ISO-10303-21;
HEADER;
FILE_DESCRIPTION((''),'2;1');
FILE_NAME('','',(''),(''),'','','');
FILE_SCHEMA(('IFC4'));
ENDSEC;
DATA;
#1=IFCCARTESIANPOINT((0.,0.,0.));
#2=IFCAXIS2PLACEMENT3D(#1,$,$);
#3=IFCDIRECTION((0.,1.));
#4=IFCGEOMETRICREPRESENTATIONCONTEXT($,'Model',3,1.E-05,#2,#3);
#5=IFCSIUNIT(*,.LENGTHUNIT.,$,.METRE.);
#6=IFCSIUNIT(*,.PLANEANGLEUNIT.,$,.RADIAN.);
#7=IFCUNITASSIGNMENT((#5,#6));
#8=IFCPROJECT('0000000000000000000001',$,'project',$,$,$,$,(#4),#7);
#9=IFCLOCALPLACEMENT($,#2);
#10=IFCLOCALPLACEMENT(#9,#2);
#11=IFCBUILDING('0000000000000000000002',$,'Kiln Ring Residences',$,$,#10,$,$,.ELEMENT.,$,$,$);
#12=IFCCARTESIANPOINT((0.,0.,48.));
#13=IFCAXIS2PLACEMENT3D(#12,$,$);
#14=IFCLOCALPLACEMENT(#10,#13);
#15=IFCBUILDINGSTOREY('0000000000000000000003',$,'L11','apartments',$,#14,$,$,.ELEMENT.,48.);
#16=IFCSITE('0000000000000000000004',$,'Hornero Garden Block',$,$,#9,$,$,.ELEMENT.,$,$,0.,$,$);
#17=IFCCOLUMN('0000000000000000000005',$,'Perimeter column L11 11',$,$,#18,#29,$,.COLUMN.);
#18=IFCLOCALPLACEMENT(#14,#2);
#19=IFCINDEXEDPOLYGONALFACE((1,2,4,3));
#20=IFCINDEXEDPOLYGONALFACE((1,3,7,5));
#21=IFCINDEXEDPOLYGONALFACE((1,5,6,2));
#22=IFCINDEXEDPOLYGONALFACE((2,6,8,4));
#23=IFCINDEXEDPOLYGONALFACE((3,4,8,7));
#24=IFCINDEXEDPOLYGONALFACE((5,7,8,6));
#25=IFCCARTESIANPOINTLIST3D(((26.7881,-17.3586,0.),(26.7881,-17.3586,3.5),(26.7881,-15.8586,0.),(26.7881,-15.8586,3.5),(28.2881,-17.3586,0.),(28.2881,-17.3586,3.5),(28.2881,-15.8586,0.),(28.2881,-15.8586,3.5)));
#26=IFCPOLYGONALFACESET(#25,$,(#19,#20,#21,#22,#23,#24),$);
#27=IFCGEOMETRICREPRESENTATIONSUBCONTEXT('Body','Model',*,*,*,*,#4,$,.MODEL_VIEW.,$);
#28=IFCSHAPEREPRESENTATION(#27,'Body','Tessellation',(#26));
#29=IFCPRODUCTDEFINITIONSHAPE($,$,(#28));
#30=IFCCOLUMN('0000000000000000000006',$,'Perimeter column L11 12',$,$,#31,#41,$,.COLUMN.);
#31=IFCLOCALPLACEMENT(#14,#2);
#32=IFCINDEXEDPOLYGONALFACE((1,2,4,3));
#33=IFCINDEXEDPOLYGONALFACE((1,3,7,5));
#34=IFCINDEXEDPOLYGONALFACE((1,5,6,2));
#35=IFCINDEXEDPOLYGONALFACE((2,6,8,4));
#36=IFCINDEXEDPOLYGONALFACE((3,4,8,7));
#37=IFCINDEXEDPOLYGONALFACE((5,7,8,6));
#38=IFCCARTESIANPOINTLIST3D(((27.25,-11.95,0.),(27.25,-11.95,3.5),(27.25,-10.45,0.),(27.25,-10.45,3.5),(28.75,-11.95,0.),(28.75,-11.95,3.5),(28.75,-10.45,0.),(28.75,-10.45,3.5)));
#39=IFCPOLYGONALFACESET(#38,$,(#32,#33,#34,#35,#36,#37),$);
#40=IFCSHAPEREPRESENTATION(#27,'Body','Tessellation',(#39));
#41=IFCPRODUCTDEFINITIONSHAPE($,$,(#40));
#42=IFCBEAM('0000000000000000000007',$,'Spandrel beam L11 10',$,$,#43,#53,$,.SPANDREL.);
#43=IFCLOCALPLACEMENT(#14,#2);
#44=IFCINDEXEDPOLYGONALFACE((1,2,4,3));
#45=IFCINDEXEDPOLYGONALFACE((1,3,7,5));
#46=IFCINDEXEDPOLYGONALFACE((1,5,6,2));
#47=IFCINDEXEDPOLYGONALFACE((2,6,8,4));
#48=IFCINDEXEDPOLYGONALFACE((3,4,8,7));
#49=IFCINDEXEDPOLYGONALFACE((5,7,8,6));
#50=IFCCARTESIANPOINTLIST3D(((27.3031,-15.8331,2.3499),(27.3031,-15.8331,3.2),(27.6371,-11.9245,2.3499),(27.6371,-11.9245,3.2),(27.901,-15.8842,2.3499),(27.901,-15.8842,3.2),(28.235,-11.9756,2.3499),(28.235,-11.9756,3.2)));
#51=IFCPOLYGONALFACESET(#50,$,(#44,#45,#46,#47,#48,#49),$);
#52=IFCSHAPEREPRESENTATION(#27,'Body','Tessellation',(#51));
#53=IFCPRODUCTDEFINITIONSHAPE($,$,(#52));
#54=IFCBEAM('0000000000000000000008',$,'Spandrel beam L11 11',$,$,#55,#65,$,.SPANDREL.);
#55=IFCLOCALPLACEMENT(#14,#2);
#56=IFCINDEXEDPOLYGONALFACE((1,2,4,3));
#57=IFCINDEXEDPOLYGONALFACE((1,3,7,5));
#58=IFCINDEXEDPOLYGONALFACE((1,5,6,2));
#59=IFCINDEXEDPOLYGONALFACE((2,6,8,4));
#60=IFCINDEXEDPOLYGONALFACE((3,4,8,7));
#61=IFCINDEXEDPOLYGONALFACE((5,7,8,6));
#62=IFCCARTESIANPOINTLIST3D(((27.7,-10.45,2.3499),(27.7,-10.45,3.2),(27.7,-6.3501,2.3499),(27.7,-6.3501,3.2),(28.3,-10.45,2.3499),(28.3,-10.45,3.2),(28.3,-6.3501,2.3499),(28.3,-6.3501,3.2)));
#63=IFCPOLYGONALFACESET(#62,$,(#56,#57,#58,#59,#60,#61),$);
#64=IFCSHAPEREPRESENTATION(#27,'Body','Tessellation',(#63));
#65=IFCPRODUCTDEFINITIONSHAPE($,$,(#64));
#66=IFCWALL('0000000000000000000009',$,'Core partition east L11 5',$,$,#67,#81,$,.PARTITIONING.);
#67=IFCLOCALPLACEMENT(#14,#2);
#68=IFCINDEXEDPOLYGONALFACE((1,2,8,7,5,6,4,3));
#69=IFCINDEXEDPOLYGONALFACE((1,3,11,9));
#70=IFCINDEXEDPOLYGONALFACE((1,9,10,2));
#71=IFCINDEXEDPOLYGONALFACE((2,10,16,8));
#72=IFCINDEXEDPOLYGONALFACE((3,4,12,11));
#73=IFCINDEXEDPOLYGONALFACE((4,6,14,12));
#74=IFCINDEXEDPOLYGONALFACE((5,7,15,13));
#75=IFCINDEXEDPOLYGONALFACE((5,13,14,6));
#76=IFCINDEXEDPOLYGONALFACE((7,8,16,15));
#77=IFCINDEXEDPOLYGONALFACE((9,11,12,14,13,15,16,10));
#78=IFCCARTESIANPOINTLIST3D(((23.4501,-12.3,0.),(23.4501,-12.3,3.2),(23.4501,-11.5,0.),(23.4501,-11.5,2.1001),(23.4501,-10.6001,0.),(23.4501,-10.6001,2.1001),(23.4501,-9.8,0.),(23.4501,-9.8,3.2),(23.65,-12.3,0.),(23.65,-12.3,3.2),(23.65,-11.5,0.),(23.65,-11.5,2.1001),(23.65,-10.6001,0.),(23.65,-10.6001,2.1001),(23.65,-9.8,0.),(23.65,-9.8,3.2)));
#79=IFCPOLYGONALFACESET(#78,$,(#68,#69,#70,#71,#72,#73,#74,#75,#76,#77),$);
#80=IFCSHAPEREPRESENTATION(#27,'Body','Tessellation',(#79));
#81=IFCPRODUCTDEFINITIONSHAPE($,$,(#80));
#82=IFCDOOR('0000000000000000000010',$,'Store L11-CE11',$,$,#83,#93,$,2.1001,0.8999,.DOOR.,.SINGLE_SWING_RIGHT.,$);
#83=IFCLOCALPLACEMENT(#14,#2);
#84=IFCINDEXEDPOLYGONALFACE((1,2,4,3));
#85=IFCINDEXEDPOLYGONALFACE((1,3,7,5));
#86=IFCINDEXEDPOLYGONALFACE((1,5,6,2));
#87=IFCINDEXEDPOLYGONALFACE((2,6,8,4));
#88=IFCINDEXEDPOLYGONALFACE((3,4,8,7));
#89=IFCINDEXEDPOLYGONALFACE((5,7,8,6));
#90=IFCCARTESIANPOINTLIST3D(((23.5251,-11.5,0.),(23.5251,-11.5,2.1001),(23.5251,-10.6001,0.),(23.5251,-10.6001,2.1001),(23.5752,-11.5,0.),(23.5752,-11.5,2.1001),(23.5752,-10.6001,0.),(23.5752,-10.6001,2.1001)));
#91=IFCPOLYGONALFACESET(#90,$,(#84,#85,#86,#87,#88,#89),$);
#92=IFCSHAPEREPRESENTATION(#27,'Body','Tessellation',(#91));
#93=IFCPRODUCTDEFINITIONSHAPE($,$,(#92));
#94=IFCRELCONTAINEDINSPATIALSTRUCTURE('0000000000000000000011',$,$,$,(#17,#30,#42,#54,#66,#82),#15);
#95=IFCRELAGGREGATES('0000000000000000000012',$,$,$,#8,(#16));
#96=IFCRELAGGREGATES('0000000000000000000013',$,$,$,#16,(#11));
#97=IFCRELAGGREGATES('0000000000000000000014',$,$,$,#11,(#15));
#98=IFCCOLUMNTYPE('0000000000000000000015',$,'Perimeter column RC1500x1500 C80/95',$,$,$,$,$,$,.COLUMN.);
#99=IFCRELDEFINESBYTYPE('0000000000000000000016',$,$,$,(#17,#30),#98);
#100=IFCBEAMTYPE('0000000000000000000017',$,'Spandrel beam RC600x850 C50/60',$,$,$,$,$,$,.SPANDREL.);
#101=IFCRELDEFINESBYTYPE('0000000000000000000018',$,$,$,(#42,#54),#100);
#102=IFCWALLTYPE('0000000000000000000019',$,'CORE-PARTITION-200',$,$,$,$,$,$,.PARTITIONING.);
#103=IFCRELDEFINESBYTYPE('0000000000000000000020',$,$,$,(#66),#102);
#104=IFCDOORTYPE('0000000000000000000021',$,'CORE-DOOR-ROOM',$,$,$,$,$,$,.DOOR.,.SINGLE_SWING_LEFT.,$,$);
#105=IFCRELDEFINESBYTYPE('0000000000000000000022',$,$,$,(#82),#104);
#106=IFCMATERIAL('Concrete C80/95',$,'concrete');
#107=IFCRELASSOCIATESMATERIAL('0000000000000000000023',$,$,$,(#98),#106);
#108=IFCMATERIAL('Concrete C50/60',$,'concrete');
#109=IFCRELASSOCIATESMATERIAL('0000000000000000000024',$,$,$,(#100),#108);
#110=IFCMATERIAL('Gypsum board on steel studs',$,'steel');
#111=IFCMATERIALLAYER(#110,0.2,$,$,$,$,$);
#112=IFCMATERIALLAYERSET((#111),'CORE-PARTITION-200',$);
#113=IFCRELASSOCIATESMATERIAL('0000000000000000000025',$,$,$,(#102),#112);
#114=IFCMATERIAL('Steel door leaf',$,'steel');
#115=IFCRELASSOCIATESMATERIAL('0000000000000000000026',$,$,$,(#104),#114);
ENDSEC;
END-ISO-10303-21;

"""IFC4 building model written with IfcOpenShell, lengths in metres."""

from ifc_helpers import new_model, si_unit, direction, frame, frame_2d, origin, origin_2d, place, context, subcontext, project, spatial, rectangle, extrude, material, layer, layer_set, material_profile, profile_set, type_object, element, fill, save


model = new_model("IFC4")

# Units and contexts
model_context = context("Model", 3, precision=1e-05, world=origin(), true_north=direction((0.0, 1.0)))
body_context = subcontext(model_context, "Body", "Model", "MODEL_VIEW")
ifc_project = project(units=[si_unit("LENGTHUNIT", "METRE"), si_unit("PLANEANGLEUNIT", "RADIAN")], contexts=[model_context])

# Site, building, storey
site_placement = place(None, origin())
site = spatial("IfcSite", under=ifc_project, at=site_placement, Name="Hornero Garden Block", CompositionType="ELEMENT", RefElevation=0.0)
building_placement = place(site_placement, origin())
building = spatial("IfcBuilding", under=site, at=building_placement, Name="Kiln Ring Residences", CompositionType="ELEMENT")
storey_placement = place(building_placement, frame((0.0, 0.0, 48.0)))
storey = spatial("IfcBuildingStorey", under=building, at=storey_placement, Name="L11", Description="apartments", CompositionType="ELEMENT", Elevation=48.0)

# Columns
ifc_material_1 = material(Name="Concrete C80/95", Category="concrete")
ifc_material_profile_1 = material_profile(ifc_material_1, rectangle(XDim=1.5, YDim=1.5, at=origin_2d()), Name="RC1500x1500")
ifc_profile_set_1 = profile_set([ifc_material_profile_1], Name="Concrete C80/95")
column_type = type_object("IfcColumnType", Name="Perimeter column RC1500x1500 C80/95", PredefinedType="COLUMN", material=ifc_profile_set_1)
for number, where, z_axis, x_axis, name in (
    (1, (27.5381, -16.6086, 0.0), (0.0, 0.0, 1.0), (1.0, 0.0, 0.0), "Perimeter column L11 11"),
    (2, (28.0, -11.2, 0.0), (0.0, 0.0, 1.0), (1.0, 0.0, 0.0), "Perimeter column L11 12"),
):
    element("IfcColumn", number, at=place(storey_placement, frame(where, z_axis=z_axis, x_axis=x_axis)), inside=storey, type_object=column_type, Name=name, PredefinedType="COLUMN", context=body_context, shape_type="SweptSolid", body=[
        extrude(rectangle(XDim=1.5, YDim=1.5, at=origin_2d()), origin(), (0.0, 0.0, 1.0), 3.5),
    ])

# Beams
ifc_material_2 = material(Name="Concrete C50/60", Category="concrete")
ifc_material_profile_2 = material_profile(ifc_material_2, rectangle(XDim=0.6001, YDim=0.8501, at=origin_2d()), Name="RC600x850")
ifc_profile_set_2 = profile_set([ifc_material_profile_2], Name="Concrete C50/60")
beam_type = type_object("IfcBeamType", Name="Spandrel beam RC600x850 C50/60", PredefinedType="SPANDREL", material=ifc_profile_set_2)
beam_1_placement = place(storey_placement, frame((27.6021, -15.8586, 2.7749), z_axis=(0.085136, 0.996369, 0.0), x_axis=(-0.996369, 0.085136, 0.0)))
element("IfcBeam", 3, at=beam_1_placement, inside=storey, type_object=beam_type, Name="Spandrel beam L11 10", PredefinedType="SPANDREL", context=body_context, shape_type="SweptSolid", body=[
    extrude(rectangle(XDim=0.6001, YDim=0.8501, at=origin_2d()), origin(), (0.0, 0.0, 1.0), 3.9229),
])
beam_2_placement = place(storey_placement, frame((28.0, -10.45, 2.7749), z_axis=(0.0, 1.0, 0.0), x_axis=(-1.0, 0.0, 0.0)))
element("IfcBeam", 4, at=beam_2_placement, inside=storey, type_object=beam_type, Name="Spandrel beam L11 11", PredefinedType="SPANDREL", context=body_context, shape_type="SweptSolid", body=[
    extrude(rectangle(XDim=0.6001, YDim=0.8501, at=origin_2d()), origin(), (0.0, 0.0, 1.0), 4.0999),
])

# Wall, opening, door
ifc_material_3 = material(Name="Gypsum board on steel studs", Category="steel")
ifc_layer_1 = layer(ifc_material_3, 0.2)
ifc_layer_set_1 = layer_set([ifc_layer_1], Name="CORE-PARTITION-200")
wall_type_1 = type_object("IfcWallType", Name="CORE-PARTITION-200", PredefinedType="PARTITIONING", material=ifc_layer_set_1)
wall_1_placement = place(storey_placement, frame((23.55, -12.3, 0.0), z_axis=(0.0, 0.0, 1.0), x_axis=(0.0, 1.0, 0.0)))
wall_1 = element("IfcWall", 5, at=wall_1_placement, inside=storey, type_object=wall_type_1, Name="Core partition east L11 5", PredefinedType="PARTITIONING", context=body_context, shape_type="SweptSolid", body=[
    extrude(rectangle(XDim=2.5, YDim=0.2, at=frame_2d((1.25, 0.0))), origin(), (0.0, 0.0, 1.0), 3.2),
])
opening_1_placement = place(wall_1_placement, frame((0.8, 0.0, 0.0)))
opening_1 = element("IfcOpeningElement", 6, at=opening_1_placement, cuts=wall_1, PredefinedType="OPENING", context=body_context, shape_type="SweptSolid", body=[
    extrude(rectangle(XDim=0.8999, YDim=2.1001, at=frame_2d((0.45, 1.05))), frame((0.0, 0.1099, 0.0), z_axis=(0.0, -1.0, 0.0), x_axis=(1.0, 0.0, 0.0)), (0.0, 0.0, 1.0), 0.22),
])
ifc_material_4 = material(Name="Steel door leaf", Category="steel")
door_type_1 = type_object("IfcDoorType", Name="CORE-DOOR-ROOM", OperationType="SINGLE_SWING_LEFT", PredefinedType="DOOR", material=ifc_material_4)
door_1_placement = place(opening_1_placement, origin())
door_1 = element("IfcDoor", 7, at=door_1_placement, inside=storey, type_object=door_type_1, Name="Store L11-CE11", OperationType="SINGLE_SWING_RIGHT", OverallHeight=2.1001, OverallWidth=0.8999, PredefinedType="DOOR", context=body_context, shape_type="SweptSolid", body=[
    extrude(rectangle(XDim=0.8999, YDim=2.1001, at=frame_2d((0.45, 1.05))), frame((0.0, 0.0249, 0.0), z_axis=(0.0, -1.0, 0.0), x_axis=(1.0, 0.0, 0.0)), (0.0, 0.0, 1.0), 0.05),
])
fill(opening_1, door_1)

save(model, "model.ifc")
